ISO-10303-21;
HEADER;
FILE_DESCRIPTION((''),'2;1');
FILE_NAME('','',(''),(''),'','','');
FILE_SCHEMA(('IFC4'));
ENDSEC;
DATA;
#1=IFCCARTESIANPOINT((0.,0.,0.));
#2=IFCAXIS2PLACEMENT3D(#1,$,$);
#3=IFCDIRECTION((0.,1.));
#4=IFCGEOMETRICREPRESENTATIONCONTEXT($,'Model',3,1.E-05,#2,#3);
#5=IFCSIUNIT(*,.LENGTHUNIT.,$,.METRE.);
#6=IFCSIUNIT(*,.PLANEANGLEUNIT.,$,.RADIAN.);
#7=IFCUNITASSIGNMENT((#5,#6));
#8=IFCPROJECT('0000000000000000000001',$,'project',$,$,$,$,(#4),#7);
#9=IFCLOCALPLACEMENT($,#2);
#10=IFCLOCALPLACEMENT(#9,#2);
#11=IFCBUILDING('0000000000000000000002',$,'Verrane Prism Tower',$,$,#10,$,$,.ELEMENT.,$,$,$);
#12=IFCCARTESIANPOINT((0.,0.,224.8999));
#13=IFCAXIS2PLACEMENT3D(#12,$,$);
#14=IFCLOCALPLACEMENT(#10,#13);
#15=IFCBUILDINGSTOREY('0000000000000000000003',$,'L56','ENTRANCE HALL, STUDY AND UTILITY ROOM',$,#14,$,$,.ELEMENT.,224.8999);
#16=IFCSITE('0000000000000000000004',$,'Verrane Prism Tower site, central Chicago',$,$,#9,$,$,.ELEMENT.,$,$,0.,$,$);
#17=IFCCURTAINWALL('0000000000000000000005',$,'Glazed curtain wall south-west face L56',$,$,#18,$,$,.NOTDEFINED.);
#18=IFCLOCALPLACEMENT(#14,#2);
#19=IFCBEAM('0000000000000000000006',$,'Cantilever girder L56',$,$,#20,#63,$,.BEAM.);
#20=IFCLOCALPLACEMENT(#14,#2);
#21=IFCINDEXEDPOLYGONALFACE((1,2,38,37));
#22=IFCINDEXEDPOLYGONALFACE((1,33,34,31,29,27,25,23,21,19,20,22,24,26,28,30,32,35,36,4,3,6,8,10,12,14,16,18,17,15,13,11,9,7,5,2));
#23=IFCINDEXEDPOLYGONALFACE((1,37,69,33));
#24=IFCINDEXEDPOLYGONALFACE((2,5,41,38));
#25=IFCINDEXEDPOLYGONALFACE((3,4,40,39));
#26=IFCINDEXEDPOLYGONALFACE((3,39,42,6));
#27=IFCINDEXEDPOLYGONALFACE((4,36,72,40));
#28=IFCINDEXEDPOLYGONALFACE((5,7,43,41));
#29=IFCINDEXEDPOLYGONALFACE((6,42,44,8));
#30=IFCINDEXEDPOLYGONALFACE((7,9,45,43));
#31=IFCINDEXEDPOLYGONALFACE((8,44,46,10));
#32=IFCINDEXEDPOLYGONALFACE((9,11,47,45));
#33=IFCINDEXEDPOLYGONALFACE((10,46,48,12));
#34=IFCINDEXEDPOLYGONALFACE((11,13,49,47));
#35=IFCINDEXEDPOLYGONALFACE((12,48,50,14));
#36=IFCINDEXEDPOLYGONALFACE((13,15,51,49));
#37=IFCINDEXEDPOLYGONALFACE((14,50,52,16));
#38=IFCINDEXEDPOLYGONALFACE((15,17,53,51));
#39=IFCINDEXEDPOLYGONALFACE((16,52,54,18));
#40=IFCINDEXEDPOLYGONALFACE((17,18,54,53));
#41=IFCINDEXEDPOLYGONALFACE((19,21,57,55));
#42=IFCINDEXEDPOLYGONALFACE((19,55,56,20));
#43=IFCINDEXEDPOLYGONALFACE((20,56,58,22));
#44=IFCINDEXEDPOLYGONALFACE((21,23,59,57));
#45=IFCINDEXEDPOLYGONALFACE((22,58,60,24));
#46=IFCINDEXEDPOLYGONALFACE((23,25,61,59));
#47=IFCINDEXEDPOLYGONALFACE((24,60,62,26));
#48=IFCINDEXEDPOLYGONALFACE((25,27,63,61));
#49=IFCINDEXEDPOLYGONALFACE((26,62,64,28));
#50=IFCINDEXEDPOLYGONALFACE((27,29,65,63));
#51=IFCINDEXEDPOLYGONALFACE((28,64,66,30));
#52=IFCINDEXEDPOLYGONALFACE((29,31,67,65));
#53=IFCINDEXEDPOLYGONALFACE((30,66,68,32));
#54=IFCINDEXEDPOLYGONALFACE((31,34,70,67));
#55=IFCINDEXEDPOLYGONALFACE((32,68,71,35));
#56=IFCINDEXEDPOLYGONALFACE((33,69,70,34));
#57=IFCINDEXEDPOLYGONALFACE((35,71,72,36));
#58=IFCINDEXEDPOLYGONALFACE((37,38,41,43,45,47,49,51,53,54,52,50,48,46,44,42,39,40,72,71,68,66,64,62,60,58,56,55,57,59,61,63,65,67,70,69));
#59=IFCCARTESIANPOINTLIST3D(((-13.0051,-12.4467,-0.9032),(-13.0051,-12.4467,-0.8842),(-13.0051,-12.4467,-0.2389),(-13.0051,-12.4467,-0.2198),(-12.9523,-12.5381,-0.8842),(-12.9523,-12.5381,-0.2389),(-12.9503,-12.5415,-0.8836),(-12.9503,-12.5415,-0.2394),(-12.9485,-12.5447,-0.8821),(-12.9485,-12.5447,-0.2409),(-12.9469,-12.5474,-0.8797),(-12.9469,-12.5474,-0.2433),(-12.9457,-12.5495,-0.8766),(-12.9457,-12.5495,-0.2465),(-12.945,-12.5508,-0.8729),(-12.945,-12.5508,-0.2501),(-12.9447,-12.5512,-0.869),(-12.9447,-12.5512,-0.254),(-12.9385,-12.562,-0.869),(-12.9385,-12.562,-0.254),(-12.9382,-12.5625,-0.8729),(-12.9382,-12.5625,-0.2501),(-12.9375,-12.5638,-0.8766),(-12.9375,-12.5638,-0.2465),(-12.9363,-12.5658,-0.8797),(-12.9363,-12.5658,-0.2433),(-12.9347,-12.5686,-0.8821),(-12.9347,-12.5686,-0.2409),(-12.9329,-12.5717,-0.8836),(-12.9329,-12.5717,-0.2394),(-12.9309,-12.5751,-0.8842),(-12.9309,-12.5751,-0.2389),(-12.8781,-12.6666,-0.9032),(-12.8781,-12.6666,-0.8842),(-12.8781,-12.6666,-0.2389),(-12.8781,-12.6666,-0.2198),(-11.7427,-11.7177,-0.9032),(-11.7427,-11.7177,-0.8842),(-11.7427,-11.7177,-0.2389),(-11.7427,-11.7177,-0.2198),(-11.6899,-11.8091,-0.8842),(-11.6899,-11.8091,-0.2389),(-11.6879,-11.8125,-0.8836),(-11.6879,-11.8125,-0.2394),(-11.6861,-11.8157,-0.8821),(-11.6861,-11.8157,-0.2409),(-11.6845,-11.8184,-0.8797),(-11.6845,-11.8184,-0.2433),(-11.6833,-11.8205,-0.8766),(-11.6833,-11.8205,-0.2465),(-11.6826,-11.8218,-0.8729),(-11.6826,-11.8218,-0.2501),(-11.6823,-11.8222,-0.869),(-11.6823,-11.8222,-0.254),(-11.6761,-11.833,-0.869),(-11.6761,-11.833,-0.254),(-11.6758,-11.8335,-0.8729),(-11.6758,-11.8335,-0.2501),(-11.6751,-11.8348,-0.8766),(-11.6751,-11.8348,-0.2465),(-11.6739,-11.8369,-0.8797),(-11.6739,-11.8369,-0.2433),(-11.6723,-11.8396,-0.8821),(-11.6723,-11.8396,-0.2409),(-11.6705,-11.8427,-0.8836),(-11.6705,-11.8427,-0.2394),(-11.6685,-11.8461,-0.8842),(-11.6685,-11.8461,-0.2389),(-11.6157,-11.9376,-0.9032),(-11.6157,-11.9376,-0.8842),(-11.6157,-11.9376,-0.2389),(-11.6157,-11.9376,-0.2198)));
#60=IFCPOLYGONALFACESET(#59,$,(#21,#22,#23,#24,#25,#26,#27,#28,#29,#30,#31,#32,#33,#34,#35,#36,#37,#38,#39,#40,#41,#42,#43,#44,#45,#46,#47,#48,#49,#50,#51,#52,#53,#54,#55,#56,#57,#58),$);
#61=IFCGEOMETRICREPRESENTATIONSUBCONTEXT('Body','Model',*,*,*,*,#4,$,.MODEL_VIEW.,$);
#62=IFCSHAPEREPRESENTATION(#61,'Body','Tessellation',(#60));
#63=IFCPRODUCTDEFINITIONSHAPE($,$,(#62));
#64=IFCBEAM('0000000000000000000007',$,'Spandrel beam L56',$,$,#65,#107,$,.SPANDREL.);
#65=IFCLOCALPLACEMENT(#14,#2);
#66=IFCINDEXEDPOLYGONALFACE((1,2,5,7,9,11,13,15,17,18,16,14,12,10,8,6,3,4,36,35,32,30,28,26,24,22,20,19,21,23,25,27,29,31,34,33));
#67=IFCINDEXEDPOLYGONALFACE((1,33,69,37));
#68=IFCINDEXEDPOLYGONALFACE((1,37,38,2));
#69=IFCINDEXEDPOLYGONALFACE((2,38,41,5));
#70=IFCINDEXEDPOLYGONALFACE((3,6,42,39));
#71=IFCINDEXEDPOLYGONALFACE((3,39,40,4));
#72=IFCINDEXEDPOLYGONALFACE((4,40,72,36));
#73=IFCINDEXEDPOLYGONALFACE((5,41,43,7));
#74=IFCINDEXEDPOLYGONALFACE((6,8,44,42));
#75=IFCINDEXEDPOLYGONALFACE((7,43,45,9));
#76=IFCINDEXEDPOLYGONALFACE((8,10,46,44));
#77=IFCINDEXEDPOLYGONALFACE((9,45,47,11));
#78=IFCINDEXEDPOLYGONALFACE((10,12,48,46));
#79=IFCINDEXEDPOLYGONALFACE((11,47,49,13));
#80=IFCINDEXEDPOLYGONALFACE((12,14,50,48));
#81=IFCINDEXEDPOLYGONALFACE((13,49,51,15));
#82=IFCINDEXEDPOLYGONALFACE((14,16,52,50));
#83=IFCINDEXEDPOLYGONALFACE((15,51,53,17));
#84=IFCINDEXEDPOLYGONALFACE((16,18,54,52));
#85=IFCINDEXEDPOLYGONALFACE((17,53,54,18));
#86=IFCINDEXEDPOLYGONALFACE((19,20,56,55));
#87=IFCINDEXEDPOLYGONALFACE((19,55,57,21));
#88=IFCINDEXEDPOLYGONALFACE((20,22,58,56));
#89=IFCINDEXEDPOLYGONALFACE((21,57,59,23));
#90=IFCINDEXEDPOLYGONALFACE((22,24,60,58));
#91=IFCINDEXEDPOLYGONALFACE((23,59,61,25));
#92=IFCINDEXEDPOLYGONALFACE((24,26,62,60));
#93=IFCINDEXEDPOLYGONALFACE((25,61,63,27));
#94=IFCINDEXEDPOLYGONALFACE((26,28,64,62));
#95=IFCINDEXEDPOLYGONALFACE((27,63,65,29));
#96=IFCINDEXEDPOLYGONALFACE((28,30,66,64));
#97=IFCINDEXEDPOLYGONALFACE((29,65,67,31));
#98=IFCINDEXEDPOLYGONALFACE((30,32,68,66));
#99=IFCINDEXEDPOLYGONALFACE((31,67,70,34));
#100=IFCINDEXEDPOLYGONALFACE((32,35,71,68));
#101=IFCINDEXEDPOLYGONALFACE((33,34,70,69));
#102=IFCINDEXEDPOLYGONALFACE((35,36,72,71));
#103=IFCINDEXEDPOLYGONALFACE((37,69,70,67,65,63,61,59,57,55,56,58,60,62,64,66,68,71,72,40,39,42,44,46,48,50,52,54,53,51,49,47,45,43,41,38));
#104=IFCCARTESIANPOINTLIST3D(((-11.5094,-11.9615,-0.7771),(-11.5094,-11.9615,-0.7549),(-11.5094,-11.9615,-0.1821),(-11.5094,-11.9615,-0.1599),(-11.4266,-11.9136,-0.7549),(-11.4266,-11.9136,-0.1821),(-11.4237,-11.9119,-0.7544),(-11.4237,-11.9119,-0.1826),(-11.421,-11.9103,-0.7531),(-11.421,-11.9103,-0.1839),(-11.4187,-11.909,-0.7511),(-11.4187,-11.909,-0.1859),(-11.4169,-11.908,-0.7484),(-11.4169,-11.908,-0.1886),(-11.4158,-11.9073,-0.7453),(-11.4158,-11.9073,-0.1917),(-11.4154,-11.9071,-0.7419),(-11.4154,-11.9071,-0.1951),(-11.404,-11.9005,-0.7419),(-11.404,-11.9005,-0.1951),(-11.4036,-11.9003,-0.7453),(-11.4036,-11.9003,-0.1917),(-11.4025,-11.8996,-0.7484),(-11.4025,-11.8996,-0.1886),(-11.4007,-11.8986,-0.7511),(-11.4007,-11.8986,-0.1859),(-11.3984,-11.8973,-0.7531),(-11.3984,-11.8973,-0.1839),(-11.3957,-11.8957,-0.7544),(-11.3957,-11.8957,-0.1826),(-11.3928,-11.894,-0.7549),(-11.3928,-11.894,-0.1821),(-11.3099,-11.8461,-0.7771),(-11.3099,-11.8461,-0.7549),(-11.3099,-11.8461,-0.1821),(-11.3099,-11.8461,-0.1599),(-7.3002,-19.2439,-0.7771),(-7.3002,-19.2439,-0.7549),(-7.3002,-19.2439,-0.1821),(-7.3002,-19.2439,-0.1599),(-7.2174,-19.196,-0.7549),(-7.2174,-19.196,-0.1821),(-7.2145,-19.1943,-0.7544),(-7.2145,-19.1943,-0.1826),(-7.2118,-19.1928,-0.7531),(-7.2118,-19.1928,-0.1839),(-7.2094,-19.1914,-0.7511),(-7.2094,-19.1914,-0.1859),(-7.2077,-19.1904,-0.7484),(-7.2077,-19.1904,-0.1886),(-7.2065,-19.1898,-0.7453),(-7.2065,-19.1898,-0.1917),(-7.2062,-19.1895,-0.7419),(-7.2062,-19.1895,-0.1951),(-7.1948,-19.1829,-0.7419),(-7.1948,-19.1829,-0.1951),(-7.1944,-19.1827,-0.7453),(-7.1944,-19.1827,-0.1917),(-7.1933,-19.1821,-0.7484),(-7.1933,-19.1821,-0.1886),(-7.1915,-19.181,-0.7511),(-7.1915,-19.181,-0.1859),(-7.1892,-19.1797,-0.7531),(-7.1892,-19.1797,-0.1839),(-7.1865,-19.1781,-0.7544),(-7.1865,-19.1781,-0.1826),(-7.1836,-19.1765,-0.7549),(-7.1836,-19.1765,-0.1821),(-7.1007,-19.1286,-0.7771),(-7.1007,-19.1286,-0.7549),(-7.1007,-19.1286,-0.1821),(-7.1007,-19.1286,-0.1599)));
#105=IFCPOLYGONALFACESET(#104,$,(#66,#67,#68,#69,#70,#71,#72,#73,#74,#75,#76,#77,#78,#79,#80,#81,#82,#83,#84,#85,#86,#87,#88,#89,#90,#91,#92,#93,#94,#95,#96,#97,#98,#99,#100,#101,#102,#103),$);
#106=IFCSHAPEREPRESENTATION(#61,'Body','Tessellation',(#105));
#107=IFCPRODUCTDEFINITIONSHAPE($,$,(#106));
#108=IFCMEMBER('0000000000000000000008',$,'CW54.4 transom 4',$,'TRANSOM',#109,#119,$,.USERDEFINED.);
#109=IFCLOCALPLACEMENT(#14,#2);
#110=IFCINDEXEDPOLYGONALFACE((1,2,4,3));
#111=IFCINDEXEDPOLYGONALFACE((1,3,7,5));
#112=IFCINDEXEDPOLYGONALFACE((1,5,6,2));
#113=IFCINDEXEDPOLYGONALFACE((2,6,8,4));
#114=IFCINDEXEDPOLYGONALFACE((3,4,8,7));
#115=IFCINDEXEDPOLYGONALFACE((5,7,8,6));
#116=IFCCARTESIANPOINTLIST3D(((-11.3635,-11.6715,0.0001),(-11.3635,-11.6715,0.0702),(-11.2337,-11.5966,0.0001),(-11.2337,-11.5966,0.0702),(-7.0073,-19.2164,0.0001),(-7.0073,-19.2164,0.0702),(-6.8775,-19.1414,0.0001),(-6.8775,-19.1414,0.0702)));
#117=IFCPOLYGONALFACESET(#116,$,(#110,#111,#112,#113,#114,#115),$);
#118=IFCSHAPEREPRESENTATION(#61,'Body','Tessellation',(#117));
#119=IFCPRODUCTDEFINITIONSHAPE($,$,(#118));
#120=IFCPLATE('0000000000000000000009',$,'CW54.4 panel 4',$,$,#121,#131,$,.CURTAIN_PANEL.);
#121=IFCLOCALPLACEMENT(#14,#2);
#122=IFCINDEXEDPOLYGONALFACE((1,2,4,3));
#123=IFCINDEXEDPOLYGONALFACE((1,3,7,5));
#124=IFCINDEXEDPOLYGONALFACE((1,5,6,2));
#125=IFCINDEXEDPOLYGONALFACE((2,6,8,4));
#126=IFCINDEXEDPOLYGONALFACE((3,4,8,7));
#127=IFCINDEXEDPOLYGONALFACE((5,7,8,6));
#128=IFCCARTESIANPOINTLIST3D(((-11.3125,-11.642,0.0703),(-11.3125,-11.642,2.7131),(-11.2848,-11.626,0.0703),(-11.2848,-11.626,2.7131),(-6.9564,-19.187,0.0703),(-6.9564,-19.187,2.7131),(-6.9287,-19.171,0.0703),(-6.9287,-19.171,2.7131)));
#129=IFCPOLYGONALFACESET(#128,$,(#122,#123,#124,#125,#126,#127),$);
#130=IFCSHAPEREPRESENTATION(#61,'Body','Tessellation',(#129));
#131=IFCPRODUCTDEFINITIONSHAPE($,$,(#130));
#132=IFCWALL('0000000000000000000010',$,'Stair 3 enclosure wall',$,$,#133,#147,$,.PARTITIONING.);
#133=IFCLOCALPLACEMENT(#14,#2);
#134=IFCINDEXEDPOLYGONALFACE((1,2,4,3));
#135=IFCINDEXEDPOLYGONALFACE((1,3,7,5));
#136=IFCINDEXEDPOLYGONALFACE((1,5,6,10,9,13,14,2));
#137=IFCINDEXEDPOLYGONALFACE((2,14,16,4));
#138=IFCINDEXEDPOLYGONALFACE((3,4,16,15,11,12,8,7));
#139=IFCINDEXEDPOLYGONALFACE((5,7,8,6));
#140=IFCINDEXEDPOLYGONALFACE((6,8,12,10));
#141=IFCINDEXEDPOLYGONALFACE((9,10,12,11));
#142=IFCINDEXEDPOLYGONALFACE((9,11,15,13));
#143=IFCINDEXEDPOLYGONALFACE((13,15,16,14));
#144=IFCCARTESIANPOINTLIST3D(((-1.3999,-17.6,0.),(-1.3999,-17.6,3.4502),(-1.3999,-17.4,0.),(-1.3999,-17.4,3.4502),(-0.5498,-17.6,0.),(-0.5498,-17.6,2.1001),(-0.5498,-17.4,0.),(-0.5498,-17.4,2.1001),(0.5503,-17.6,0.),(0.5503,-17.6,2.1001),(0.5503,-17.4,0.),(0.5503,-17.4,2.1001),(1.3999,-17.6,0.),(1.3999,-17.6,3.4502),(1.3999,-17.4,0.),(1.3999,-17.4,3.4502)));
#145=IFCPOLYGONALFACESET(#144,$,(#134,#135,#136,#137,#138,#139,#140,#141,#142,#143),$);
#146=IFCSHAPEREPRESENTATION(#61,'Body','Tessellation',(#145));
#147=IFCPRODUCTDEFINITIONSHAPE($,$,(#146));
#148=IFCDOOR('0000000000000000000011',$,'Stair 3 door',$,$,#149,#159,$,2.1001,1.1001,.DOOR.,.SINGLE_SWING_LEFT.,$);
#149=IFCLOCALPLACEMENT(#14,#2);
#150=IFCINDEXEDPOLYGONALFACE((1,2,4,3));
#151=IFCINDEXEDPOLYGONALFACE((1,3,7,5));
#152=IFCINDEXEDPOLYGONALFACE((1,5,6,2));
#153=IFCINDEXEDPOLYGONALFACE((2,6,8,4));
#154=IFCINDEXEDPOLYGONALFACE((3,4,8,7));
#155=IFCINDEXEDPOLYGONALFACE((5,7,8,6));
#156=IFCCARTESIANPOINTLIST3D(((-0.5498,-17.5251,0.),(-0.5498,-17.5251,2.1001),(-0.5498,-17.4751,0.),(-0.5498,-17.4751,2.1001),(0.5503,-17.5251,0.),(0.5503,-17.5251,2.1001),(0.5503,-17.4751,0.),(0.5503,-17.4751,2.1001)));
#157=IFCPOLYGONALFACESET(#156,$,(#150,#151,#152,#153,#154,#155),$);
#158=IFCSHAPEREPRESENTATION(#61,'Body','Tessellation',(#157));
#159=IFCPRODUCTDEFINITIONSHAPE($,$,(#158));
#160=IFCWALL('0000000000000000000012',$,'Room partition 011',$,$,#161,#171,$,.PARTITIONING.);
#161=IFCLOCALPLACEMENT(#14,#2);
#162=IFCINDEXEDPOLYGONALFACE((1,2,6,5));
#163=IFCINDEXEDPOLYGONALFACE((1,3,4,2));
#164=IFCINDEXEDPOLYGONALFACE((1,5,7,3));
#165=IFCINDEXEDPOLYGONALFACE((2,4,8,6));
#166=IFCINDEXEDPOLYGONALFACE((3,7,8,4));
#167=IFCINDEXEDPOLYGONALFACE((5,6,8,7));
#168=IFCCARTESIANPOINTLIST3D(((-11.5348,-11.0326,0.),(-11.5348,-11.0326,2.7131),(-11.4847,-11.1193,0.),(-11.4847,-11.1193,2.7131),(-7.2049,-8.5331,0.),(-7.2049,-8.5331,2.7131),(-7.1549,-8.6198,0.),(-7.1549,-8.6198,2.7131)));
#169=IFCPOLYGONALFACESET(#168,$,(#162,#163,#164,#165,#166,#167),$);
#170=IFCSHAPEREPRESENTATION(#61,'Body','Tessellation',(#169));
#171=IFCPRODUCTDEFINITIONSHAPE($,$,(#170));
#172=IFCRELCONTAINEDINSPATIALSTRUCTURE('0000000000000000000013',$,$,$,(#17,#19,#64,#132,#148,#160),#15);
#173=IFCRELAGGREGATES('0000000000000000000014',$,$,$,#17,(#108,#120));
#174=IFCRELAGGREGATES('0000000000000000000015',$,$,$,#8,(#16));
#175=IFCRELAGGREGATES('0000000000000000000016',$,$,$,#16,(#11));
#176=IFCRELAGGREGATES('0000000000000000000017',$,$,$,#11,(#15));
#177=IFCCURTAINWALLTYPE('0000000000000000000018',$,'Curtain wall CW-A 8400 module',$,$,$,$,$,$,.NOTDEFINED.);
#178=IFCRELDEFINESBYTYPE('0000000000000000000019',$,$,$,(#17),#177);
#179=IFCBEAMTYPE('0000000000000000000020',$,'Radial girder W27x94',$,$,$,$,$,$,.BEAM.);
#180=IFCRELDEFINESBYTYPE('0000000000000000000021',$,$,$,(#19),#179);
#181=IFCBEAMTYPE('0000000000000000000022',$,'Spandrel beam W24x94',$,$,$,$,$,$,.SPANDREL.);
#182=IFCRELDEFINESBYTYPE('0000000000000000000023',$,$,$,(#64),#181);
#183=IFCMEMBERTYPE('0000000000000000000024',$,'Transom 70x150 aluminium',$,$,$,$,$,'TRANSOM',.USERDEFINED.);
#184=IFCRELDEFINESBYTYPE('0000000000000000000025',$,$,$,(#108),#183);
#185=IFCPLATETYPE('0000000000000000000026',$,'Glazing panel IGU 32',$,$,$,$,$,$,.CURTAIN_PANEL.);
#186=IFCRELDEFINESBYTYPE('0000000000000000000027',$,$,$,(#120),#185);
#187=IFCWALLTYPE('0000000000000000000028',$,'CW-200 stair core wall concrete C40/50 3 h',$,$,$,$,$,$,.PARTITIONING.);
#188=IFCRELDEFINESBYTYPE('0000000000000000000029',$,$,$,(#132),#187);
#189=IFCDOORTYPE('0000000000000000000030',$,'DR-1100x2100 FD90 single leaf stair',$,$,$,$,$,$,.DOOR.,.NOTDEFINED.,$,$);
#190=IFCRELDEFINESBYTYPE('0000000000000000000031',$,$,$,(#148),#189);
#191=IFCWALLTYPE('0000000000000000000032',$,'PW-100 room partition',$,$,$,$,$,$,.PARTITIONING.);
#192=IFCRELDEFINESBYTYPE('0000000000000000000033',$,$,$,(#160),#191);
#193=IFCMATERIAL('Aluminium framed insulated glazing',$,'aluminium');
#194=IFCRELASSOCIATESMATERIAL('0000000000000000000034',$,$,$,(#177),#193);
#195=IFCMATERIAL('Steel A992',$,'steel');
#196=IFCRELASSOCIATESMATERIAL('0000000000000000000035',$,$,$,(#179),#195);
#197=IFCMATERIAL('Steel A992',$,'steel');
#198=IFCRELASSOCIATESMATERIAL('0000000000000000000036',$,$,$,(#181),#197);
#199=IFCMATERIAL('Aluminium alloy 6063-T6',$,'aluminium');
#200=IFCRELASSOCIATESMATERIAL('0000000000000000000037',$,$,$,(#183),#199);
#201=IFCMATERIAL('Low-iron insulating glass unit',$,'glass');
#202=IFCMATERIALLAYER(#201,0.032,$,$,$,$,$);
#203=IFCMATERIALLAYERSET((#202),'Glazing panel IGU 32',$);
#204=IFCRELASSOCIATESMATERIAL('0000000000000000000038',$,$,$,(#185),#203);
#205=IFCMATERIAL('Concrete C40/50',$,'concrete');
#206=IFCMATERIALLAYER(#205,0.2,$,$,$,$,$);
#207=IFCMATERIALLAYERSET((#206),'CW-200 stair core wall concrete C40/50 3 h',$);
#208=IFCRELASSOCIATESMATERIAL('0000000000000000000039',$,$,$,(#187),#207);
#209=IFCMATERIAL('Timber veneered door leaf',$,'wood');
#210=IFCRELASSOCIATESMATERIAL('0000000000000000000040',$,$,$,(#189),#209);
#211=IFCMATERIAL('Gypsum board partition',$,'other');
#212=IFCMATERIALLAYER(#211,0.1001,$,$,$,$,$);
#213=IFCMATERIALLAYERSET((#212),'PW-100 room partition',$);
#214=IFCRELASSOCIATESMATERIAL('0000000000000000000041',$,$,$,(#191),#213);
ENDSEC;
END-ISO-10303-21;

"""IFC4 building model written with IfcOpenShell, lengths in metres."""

from ifc_helpers import new_model, si_unit, direction, frame, frame_2d, origin, origin_2d, place, context, subcontext, project, spatial, rectangle, i_section, extrude, material, layer, layer_set, material_profile, profile_set, type_object, element, fill, aggregate, save


model = new_model("IFC4")

# Units and contexts
model_context = context("Model", 3, precision=1e-05, world=origin(), true_north=direction((0.0, 1.0)))
body_context = subcontext(model_context, "Body", "Model", "MODEL_VIEW")
ifc_project = project(units=[si_unit("LENGTHUNIT", "METRE"), si_unit("PLANEANGLEUNIT", "RADIAN")], contexts=[model_context])

# Site, building, storey
site_placement = place(None, origin())
site = spatial("IfcSite", under=ifc_project, at=site_placement, Name="Verrane Prism Tower site, central Chicago", CompositionType="ELEMENT", RefElevation=0.0)
building_placement = place(site_placement, origin())
building = spatial("IfcBuilding", under=site, at=building_placement, Name="Verrane Prism Tower", CompositionType="ELEMENT")
storey_placement = place(building_placement, frame((0.0, 0.0, 224.8999)))
storey = spatial("IfcBuildingStorey", under=building, at=storey_placement, Name="L56", Description="ENTRANCE HALL, STUDY AND UTILITY ROOM", CompositionType="ELEMENT", Elevation=224.8999)

# Curtain wall
ifc_material_1 = material(Name="Aluminium framed insulated glazing", Category="aluminium")
curtain_wall_type = type_object("IfcCurtainWallType", Name="Curtain wall CW-A 8400 module", PredefinedType="NOTDEFINED", material=ifc_material_1)
curtain_wall_placement = place(storey_placement, origin())
curtain_wall = element("IfcCurtainWall", 1, at=curtain_wall_placement, inside=storey, type_object=curtain_wall_type, Name="Glazed curtain wall south-west face L56", PredefinedType="NOTDEFINED")

# Beams
ifc_material_2 = material(Name="Steel A992", Category="steel")
ifc_material_profile_1 = material_profile(ifc_material_2, i_section(OverallWidth=0.2539, OverallDepth=0.6833, WebThickness=0.0125, FlangeThickness=0.019, FilletRadius=0.0151, at=origin_2d()), Name="W27x94")
ifc_profile_set_1 = profile_set([ifc_material_profile_1], Name="Steel A992")
beam_type_1 = type_object("IfcBeamType", Name="Radial girder W27x94", PredefinedType="BEAM", material=ifc_profile_set_1)
beam_1_placement = place(storey_placement, frame((-11.6792, -11.8276, -0.5615), z_axis=(-0.865988, -0.500066, 0.0), x_axis=(0.500066, -0.865988, 0.0)))
element("IfcBeam", 2, at=beam_1_placement, inside=storey, type_object=beam_type_1, Name="Cantilever girder L56", PredefinedType="BEAM", context=body_context, shape_type="SweptSolid", body=[
    extrude(i_section(OverallWidth=0.2539, OverallDepth=0.6833, WebThickness=0.0125, FlangeThickness=0.019, FilletRadius=0.0151, at=origin_2d()), origin(), (0.0, 0.0, 1.0), 1.4578),
])
ifc_material_3 = material(Name="Steel A992", Category="steel")
ifc_material_profile_2 = material_profile(ifc_material_3, i_section(OverallWidth=0.2305, OverallDepth=0.6172, WebThickness=0.0132, FlangeThickness=0.0222, FilletRadius=0.0129, at=origin_2d()), Name="W24x94")
ifc_profile_set_2 = profile_set([ifc_material_profile_2], Name="Steel A992")
beam_type_2 = type_object("IfcBeamType", Name="Spandrel beam W24x94", PredefinedType="SPANDREL", material=ifc_profile_set_2)
beam_2_placement = place(storey_placement, frame((-11.4097, -11.9038, -0.4685), z_axis=(0.500418, -0.865784, 0.0), x_axis=(0.865784, 0.500418, 0.0)))
element("IfcBeam", 3, at=beam_2_placement, inside=storey, type_object=beam_type_2, Name="Spandrel beam L56", PredefinedType="SPANDREL", context=body_context, shape_type="SweptSolid", body=[
    extrude(i_section(OverallWidth=0.2305, OverallDepth=0.6172, WebThickness=0.0132, FlangeThickness=0.0222, FilletRadius=0.0129, at=origin_2d()), origin(), (0.0, 0.0, 1.0), 8.4114),
])

# Member
ifc_material_4 = material(Name="Aluminium alloy 6063-T6", Category="aluminium")
ifc_material_profile_3 = material_profile(ifc_material_4, rectangle(XDim=0.1499, YDim=0.0701, at=origin_2d()), Name="Transom 70x150 aluminium")
ifc_profile_set_3 = profile_set([ifc_material_profile_3], Name="Aluminium alloy 6063-T6")
member_type_1 = type_object("IfcMemberType", Name="Transom 70x150 aluminium", ElementType="TRANSOM", PredefinedType="USERDEFINED", material=ifc_profile_set_3)
member_1_placement = place(storey_placement, frame((-11.2986, -11.634, 0.0352), z_axis=(0.500012, -0.866019, 0.0), x_axis=(0.866019, 0.500012, 0.0)))
member_1 = element("IfcMember", 4, at=member_1_placement, type_object=member_type_1, Name="CW54.4 transom 4", ObjectType="TRANSOM", PredefinedType="USERDEFINED", context=body_context, shape_type="SweptSolid", body=[
    extrude(rectangle(XDim=0.1499, YDim=0.0701, at=origin_2d()), origin(), (0.0, 0.0, 1.0), 8.7122),
])

# Plate
ifc_material_5 = material(Name="Low-iron insulating glass unit", Category="glass")
ifc_layer_1 = layer(ifc_material_5, 0.032)
ifc_layer_set_1 = layer_set([ifc_layer_1], Name="Glazing panel IGU 32")
plate_type = type_object("IfcPlateType", Name="Glazing panel IGU 32", PredefinedType="CURTAIN_PANEL", material=ifc_layer_set_1)
plate_placement = place(storey_placement, frame((-9.1206, -15.4065, 0.0703), z_axis=(0.0, 0.0, 1.0), x_axis=(0.500001, -0.866025, 0.0)))
plate = element("IfcPlate", 5, at=plate_placement, type_object=plate_type, Name="CW54.4 panel 4", PredefinedType="CURTAIN_PANEL", context=body_context, shape_type="SweptSolid", body=[
    extrude(rectangle(XDim=8.7122, YDim=0.032, at=origin_2d()), origin(), (0.0, 0.0, 1.0), 2.6428),
])
aggregate(curtain_wall, [member_1, plate])

# Wall, opening, door
ifc_material_6 = material(Name="Concrete C40/50", Category="concrete")
ifc_layer_2 = layer(ifc_material_6, 0.2)
ifc_layer_set_2 = layer_set([ifc_layer_2], Name="CW-200 stair core wall concrete C40/50 3 h")
wall_type_1 = type_object("IfcWallType", Name="CW-200 stair core wall concrete C40/50 3 h", PredefinedType="PARTITIONING", material=ifc_layer_set_2)
wall_1_placement = place(storey_placement, frame((-1.3999, -17.5, 0.0), z_axis=(0.0, 0.0, 1.0), x_axis=(1.0, 0.0, 0.0)))
wall_1 = element("IfcWall", 6, at=wall_1_placement, inside=storey, type_object=wall_type_1, Name="Stair 3 enclosure wall", PredefinedType="PARTITIONING", context=body_context, shape_type="SweptSolid", body=[
    extrude(rectangle(XDim=2.7998, YDim=0.2, at=frame_2d((1.3999, 0.0))), origin(), (0.0, 0.0, 1.0), 3.4502),
])
opening_1_placement = place(wall_1_placement, frame((0.8501, 0.0, 0.0)))
opening_1 = element("IfcOpeningElement", 7, at=opening_1_placement, cuts=wall_1, PredefinedType="OPENING", context=body_context, shape_type="SweptSolid", body=[
    extrude(rectangle(XDim=1.1001, YDim=2.1001, at=frame_2d((0.55, 1.05))), frame((0.0, 0.1099, 0.0), z_axis=(0.0, -1.0, 0.0), x_axis=(1.0, 0.0, 0.0)), (0.0, 0.0, 1.0), 0.22),
])
ifc_material_7 = material(Name="Timber veneered door leaf", Category="wood")
door_type_1 = type_object("IfcDoorType", Name="DR-1100x2100 FD90 single leaf stair", OperationType="NOTDEFINED", PredefinedType="DOOR", material=ifc_material_7)
door_1_placement = place(opening_1_placement, origin())
door_1 = element("IfcDoor", 8, at=door_1_placement, inside=storey, type_object=door_type_1, Name="Stair 3 door", OperationType="SINGLE_SWING_LEFT", OverallHeight=2.1001, OverallWidth=1.1001, PredefinedType="DOOR", context=body_context, shape_type="SweptSolid", body=[
    extrude(rectangle(XDim=1.1001, YDim=2.1001, at=frame_2d((0.55, 1.05))), frame((0.0, 0.0249, 0.0), z_axis=(0.0, -1.0, 0.0), x_axis=(1.0, 0.0, 0.0)), (0.0, 0.0, 1.0), 0.05),
])
fill(opening_1, door_1)

# Wall
ifc_material_8 = material(Name="Gypsum board partition", Category="other")
ifc_layer_3 = layer(ifc_material_8, 0.1001)
ifc_layer_set_3 = layer_set([ifc_layer_3], Name="PW-100 room partition")
wall_type_2 = type_object("IfcWallType", Name="PW-100 room partition", PredefinedType="PARTITIONING", material=ifc_layer_set_3)
wall_2_placement = place(storey_placement, frame((-11.5098, -11.0759, 0.0), z_axis=(0.0, 0.0, 1.0), x_axis=(0.866053, 0.499952, 0.0)))
element("IfcWall", 9, at=wall_2_placement, inside=storey, type_object=wall_type_2, Name="Room partition 011", PredefinedType="PARTITIONING", context=body_context, shape_type="SweptSolid", body=[
    extrude(rectangle(XDim=4.9995, YDim=0.1001, at=frame_2d((2.4998, 0.0))), origin(), (0.0, 0.0, 1.0), 2.7131),
])

save(model, "model.ifc")
